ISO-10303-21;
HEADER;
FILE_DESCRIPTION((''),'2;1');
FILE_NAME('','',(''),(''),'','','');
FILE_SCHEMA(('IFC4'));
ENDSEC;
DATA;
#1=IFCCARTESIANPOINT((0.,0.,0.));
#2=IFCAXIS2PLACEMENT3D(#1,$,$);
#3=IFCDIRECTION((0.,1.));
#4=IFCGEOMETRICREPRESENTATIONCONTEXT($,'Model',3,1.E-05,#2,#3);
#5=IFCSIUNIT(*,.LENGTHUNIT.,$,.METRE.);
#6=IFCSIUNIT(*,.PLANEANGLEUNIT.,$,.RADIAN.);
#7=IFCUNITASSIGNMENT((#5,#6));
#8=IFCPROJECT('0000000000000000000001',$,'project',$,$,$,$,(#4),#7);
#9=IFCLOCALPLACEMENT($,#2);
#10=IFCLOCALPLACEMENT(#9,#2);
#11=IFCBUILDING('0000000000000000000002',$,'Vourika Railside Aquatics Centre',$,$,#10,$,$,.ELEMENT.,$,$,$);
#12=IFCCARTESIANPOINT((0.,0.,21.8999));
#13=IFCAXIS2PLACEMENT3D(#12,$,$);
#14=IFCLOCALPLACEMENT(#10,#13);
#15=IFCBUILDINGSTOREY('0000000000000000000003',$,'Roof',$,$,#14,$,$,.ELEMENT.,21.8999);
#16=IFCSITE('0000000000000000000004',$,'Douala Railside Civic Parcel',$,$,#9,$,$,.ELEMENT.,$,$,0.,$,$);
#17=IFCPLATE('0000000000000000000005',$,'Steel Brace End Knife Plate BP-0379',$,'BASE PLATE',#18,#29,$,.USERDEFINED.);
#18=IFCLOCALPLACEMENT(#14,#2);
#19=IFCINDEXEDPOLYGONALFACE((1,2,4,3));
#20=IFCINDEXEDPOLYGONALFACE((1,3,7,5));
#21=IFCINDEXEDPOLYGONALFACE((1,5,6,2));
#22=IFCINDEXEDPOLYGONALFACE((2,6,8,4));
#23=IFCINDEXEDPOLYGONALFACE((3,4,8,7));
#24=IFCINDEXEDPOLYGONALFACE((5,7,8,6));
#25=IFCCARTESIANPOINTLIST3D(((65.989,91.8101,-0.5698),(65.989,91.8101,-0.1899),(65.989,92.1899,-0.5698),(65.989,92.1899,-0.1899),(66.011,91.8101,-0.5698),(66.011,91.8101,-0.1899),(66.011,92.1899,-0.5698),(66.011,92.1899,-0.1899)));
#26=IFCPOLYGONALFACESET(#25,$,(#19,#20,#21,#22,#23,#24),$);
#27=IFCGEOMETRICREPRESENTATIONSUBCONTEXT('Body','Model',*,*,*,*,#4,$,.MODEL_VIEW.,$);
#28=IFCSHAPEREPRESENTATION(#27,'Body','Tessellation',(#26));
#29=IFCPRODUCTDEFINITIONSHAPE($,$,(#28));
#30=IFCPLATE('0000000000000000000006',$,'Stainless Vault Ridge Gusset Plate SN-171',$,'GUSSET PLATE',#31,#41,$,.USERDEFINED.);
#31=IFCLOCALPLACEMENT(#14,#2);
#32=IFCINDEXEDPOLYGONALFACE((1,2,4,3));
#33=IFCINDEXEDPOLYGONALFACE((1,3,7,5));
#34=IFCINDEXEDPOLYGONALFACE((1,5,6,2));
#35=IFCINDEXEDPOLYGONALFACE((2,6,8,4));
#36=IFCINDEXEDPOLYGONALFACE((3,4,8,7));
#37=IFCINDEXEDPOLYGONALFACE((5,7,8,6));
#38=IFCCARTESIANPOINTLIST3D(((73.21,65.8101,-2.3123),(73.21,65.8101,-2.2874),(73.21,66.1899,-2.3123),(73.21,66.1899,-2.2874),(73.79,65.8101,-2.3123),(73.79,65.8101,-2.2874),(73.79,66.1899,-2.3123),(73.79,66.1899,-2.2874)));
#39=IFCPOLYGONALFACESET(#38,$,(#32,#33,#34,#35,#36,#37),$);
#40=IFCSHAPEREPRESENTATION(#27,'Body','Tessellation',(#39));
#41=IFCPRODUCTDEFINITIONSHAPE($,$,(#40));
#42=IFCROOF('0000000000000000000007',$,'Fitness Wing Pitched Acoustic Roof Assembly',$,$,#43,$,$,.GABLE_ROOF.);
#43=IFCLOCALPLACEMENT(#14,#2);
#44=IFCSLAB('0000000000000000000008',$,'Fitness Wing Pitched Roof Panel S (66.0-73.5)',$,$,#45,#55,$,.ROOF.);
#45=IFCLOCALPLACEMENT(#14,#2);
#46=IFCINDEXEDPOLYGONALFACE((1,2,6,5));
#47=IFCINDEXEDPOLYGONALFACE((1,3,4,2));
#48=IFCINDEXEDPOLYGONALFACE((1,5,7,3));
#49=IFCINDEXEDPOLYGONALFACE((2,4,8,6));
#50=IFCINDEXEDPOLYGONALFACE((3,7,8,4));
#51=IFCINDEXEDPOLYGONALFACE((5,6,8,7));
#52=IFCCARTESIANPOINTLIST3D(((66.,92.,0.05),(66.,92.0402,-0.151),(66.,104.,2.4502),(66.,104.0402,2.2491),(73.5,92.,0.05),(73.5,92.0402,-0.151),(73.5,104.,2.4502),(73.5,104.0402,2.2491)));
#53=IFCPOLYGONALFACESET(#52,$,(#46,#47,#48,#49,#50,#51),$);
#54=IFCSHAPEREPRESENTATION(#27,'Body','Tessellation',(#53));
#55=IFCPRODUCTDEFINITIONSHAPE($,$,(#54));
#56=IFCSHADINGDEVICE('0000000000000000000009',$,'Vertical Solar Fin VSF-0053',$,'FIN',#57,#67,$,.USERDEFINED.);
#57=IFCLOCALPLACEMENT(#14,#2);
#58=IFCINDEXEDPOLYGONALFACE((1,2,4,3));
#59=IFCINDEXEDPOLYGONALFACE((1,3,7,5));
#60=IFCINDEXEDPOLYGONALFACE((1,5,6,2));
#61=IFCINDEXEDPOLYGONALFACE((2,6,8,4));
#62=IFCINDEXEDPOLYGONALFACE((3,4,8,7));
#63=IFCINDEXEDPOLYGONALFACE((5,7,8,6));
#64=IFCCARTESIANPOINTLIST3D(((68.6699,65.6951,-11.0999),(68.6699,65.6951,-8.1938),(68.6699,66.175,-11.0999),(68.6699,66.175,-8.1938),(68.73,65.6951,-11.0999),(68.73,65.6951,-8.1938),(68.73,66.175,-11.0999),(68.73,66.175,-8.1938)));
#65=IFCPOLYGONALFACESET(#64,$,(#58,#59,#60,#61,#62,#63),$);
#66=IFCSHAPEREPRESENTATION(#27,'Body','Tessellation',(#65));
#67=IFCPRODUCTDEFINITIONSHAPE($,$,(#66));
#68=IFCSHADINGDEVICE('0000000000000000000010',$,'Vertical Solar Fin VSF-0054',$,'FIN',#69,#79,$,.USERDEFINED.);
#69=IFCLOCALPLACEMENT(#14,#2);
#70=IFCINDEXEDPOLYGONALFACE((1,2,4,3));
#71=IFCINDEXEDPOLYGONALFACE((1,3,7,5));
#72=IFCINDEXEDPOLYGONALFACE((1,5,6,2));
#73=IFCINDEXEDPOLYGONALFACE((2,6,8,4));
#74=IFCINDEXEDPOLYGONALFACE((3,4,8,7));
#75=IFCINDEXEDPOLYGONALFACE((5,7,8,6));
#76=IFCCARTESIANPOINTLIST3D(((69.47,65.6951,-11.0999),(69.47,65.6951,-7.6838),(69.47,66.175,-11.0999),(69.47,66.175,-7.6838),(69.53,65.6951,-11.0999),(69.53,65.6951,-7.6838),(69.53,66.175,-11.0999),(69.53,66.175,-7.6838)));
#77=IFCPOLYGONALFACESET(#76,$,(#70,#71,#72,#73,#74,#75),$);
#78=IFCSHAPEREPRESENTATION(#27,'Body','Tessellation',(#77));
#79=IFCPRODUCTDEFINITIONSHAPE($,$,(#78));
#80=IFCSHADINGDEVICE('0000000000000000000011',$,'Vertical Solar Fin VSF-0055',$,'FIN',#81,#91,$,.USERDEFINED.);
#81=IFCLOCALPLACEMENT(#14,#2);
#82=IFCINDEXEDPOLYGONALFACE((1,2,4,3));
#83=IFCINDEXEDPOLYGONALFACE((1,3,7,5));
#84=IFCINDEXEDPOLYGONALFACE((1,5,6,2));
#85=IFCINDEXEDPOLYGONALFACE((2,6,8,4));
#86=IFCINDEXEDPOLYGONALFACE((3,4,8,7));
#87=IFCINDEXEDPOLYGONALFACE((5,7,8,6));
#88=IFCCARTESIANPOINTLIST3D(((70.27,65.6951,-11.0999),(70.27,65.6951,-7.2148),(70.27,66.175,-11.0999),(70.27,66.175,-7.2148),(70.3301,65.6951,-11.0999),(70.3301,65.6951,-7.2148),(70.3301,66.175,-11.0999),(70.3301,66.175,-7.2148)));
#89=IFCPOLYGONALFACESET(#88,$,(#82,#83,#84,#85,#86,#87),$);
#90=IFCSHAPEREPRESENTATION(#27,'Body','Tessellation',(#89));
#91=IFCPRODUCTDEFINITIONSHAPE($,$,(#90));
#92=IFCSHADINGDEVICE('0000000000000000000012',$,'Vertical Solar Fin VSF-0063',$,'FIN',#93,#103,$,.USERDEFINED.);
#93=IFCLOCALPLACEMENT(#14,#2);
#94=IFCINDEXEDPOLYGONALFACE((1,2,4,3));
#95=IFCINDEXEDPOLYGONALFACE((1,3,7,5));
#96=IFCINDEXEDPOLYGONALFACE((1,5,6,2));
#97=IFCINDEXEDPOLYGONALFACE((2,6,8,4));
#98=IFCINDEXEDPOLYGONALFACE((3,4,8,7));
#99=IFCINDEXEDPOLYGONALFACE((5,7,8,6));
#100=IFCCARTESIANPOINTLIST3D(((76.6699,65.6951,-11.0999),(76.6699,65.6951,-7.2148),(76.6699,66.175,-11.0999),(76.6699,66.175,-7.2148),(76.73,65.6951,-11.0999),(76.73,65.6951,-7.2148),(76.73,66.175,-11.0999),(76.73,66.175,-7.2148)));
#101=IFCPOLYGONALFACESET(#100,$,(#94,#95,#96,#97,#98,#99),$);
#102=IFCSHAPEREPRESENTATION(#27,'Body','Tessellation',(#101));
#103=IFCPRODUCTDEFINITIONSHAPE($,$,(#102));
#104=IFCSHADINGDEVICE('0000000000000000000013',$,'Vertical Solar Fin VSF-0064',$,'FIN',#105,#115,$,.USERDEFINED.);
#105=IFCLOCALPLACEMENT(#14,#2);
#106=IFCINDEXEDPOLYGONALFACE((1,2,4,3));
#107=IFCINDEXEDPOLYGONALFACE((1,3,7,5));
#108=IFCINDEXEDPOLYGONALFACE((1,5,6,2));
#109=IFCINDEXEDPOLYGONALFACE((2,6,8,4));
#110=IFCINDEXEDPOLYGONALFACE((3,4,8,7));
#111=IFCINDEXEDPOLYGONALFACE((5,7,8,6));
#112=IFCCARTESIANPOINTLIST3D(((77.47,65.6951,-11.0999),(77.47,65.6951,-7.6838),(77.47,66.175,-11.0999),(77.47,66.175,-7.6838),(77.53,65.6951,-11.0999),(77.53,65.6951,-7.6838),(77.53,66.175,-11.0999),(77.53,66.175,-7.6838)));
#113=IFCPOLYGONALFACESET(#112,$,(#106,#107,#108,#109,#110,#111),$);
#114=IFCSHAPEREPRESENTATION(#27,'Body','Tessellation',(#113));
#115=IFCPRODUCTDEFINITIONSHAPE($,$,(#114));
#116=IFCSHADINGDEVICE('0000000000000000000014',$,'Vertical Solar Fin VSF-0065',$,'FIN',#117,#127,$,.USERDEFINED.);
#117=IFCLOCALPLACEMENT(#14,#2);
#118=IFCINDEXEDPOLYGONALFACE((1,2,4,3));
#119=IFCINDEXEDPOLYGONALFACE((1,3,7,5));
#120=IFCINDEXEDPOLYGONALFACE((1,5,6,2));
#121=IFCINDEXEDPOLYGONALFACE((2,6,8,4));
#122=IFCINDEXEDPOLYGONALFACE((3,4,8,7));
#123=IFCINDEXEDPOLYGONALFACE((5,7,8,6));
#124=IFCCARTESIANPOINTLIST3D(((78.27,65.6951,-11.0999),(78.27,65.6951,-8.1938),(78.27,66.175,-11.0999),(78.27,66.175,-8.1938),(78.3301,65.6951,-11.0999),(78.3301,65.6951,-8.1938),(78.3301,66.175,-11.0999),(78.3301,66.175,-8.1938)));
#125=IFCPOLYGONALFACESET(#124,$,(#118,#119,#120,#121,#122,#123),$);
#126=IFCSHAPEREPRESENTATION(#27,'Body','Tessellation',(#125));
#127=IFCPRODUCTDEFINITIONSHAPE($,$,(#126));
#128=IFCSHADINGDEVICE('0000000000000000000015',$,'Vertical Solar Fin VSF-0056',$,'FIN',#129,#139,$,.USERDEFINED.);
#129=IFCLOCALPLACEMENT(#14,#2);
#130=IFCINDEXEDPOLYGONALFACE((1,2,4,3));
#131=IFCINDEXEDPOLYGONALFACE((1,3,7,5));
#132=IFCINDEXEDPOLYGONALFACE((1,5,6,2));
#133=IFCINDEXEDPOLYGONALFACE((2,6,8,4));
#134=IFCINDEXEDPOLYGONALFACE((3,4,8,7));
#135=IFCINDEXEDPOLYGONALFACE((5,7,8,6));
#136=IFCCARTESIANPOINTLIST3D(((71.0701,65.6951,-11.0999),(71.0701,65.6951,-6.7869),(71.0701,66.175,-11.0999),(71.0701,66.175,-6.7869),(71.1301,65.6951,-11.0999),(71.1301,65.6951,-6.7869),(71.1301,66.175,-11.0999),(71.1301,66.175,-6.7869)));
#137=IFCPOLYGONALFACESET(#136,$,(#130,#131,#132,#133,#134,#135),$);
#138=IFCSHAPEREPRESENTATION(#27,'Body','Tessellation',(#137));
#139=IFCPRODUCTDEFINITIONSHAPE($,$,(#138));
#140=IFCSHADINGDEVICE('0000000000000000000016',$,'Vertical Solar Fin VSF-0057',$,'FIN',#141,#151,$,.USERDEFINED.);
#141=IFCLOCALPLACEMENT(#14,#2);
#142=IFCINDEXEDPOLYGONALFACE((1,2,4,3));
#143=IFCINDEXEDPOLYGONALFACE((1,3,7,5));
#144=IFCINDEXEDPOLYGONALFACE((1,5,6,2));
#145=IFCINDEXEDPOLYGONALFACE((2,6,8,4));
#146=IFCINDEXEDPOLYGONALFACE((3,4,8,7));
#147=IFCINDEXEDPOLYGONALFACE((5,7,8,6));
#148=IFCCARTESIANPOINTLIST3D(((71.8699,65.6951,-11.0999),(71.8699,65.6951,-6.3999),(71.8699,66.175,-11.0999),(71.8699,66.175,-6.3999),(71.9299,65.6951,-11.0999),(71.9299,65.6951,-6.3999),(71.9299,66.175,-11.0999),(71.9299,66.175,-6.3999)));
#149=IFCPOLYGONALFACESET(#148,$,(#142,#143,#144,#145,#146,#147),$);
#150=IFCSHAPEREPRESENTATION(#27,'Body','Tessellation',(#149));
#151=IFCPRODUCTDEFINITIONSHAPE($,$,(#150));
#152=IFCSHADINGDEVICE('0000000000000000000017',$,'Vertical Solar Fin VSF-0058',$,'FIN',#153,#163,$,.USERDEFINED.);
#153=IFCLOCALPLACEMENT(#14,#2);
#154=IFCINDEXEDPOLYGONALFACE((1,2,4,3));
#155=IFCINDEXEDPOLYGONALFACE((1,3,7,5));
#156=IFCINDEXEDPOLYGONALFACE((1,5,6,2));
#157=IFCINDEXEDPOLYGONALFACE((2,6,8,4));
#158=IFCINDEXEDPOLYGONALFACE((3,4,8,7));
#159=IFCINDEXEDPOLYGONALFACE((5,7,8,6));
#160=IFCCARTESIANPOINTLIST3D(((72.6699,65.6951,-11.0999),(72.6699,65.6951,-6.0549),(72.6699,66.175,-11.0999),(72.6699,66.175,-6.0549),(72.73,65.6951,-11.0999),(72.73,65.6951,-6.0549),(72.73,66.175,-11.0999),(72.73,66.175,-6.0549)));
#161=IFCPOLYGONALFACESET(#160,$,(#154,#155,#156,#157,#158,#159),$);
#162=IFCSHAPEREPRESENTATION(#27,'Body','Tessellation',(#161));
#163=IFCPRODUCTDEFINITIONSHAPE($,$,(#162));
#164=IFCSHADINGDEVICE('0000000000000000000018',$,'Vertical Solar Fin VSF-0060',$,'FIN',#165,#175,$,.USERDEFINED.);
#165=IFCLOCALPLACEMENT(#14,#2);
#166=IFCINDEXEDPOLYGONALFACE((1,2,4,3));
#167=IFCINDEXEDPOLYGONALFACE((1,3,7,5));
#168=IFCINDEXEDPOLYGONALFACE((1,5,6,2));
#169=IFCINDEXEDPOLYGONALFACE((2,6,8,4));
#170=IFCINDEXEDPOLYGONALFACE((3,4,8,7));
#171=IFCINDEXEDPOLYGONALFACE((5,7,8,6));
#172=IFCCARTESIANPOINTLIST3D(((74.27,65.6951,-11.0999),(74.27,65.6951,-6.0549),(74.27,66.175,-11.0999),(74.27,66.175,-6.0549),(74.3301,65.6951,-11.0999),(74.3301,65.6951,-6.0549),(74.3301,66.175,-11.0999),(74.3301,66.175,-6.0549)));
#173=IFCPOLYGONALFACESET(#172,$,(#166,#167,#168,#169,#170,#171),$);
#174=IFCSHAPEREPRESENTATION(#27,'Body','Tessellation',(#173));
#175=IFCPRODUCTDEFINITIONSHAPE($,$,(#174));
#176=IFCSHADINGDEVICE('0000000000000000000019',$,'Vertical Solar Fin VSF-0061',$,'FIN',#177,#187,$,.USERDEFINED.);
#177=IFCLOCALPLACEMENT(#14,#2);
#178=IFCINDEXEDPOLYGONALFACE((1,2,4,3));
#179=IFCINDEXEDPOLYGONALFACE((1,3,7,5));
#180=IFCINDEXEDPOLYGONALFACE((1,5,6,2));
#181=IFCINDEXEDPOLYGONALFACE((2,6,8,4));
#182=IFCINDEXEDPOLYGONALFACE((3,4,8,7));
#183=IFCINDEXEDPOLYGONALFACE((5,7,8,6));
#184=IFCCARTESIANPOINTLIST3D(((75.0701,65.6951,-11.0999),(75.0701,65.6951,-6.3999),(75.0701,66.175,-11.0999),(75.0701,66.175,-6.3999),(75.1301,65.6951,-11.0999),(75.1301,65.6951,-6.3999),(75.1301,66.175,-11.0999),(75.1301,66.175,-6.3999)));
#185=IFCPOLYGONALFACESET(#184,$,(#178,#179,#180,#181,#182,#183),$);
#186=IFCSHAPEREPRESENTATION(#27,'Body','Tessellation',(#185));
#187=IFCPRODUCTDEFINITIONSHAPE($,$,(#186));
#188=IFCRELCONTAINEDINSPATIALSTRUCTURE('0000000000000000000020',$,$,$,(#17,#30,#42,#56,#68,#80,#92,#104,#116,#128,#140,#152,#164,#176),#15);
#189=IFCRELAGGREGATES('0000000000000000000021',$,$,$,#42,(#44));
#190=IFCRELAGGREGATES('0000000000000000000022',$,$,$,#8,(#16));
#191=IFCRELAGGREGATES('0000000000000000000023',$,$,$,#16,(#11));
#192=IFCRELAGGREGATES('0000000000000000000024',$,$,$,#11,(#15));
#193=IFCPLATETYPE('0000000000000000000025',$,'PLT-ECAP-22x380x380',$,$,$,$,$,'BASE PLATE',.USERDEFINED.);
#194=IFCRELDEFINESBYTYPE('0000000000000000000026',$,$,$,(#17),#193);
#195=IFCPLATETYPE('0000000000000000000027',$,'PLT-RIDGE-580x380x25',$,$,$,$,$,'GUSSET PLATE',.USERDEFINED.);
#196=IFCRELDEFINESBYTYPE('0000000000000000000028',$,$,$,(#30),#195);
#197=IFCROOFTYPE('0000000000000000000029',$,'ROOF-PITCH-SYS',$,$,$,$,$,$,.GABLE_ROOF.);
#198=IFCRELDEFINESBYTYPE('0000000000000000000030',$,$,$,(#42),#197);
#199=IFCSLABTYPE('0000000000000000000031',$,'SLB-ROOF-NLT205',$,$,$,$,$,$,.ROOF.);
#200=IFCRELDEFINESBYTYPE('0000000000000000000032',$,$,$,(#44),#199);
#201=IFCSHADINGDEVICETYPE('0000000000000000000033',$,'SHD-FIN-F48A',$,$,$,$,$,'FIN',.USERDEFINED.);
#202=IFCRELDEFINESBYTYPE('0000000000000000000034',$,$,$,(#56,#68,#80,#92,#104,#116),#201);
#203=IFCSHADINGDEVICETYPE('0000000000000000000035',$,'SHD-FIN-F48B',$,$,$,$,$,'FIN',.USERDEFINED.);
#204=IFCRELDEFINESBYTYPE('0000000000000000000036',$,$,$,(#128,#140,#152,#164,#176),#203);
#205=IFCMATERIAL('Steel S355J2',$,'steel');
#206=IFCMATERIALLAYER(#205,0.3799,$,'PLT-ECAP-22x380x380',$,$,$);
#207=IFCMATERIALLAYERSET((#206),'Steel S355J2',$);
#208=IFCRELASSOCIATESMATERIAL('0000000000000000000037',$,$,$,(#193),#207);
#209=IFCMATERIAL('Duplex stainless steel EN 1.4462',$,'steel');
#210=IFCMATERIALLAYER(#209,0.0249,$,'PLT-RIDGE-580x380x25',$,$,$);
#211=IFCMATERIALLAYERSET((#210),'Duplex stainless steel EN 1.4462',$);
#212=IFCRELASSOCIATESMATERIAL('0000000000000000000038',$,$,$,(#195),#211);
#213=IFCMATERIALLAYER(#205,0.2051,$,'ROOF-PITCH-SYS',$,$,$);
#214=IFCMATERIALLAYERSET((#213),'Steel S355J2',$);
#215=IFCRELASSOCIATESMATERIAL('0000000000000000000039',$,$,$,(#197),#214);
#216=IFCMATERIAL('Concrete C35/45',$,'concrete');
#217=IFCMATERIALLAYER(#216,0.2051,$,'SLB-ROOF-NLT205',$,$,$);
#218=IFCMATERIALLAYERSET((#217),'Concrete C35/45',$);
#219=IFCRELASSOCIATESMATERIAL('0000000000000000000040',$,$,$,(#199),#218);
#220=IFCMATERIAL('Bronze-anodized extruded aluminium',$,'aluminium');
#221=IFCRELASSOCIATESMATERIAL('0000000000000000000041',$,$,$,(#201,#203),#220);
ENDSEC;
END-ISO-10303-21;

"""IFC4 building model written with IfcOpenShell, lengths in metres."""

from ifc_helpers import new_model, si_unit, direction, frame, origin, origin_2d, place, context, subcontext, project, spatial, polyline, rectangle, outline, extrude, material, layer, layer_set, material_profile, profile_set, type_object, element, aggregate, save


model = new_model("IFC4")

# Units and contexts
model_context = context("Model", 3, precision=1e-05, world=origin(), true_north=direction((0.0, 1.0)))
body_context = subcontext(model_context, "Body", "Model", "MODEL_VIEW")
ifc_project = project(units=[si_unit("LENGTHUNIT", "METRE"), si_unit("PLANEANGLEUNIT", "RADIAN")], contexts=[model_context])

# Site, building, storey
site_placement = place(None, origin())
site = spatial("IfcSite", under=ifc_project, at=site_placement, Name="Douala Railside Civic Parcel", CompositionType="ELEMENT", RefElevation=0.0)
building_placement = place(site_placement, origin())
building = spatial("IfcBuilding", under=site, at=building_placement, Name="Vourika Railside Aquatics Centre", CompositionType="ELEMENT")
storey_placement = place(building_placement, frame((0.0, 0.0, 21.8999)))
storey = spatial("IfcBuildingStorey", under=building, at=storey_placement, Name="Roof", CompositionType="ELEMENT", Elevation=21.8999)

# Shared definitions
ifc_material_1 = material(Name="Steel S355J2", Category="steel")

# Shared definitions
ifc_material_2 = material(Name="Duplex stainless steel EN 1.4462", Category="steel")

# Plates
ifc_layer_1 = layer(ifc_material_1, 0.3799, Name="PLT-ECAP-22x380x380")
ifc_layer_set_1 = layer_set([ifc_layer_1], Name="Steel S355J2")
plate_type_1 = type_object("IfcPlateType", Name="PLT-ECAP-22x380x380", ElementType="BASE PLATE", PredefinedType="USERDEFINED", material=ifc_layer_set_1)
plate_1_placement = place(storey_placement, frame((66.0, 92.0, -0.5698), z_axis=(0.0, 0.0, 1.0), x_axis=(1.0, 0.0, 0.0)))
element("IfcPlate", 1, at=plate_1_placement, inside=storey, type_object=plate_type_1, Name="Steel Brace End Knife Plate BP-0379", ObjectType="BASE PLATE", PredefinedType="USERDEFINED", context=body_context, shape_type="SweptSolid", body=[
    extrude(rectangle(XDim=0.022, YDim=0.3799, at=origin_2d()), origin(), (0.0, 0.0, 1.0), 0.3799),
])
ifc_layer_2 = layer(ifc_material_2, 0.0249, Name="PLT-RIDGE-580x380x25")
ifc_layer_set_2 = layer_set([ifc_layer_2], Name="Duplex stainless steel EN 1.4462")
plate_type_2 = type_object("IfcPlateType", Name="PLT-RIDGE-580x380x25", ElementType="GUSSET PLATE", PredefinedType="USERDEFINED", material=ifc_layer_set_2)
plate_2_placement = place(storey_placement, frame((73.5, 66.0, -2.3123), z_axis=(0.0, 0.0, 1.0), x_axis=(1.0, 0.0, 0.0)))
element("IfcPlate", 2, at=plate_2_placement, inside=storey, type_object=plate_type_2, Name="Stainless Vault Ridge Gusset Plate SN-171", ObjectType="GUSSET PLATE", PredefinedType="USERDEFINED", context=body_context, shape_type="SweptSolid", body=[
    extrude(rectangle(XDim=0.5801, YDim=0.3799, at=origin_2d()), origin(), (0.0, 0.0, 1.0), 0.0249),
])

# Roof, slab
ifc_layer_3 = layer(ifc_material_1, 0.2051, Name="ROOF-PITCH-SYS")
ifc_layer_set_3 = layer_set([ifc_layer_3], Name="Steel S355J2")
roof_type = type_object("IfcRoofType", Name="ROOF-PITCH-SYS", PredefinedType="GABLE_ROOF", material=ifc_layer_set_3)
roof_placement = place(storey_placement, origin())
roof = element("IfcRoof", 3, at=roof_placement, inside=storey, type_object=roof_type, Name="Fitness Wing Pitched Acoustic Roof Assembly", PredefinedType="GABLE_ROOF")
ifc_material_3 = material(Name="Concrete C35/45", Category="concrete")
ifc_layer_4 = layer(ifc_material_3, 0.2051, Name="SLB-ROOF-NLT205")
ifc_layer_set_4 = layer_set([ifc_layer_4], Name="Concrete C35/45")
slab_type = type_object("IfcSlabType", Name="SLB-ROOF-NLT205", PredefinedType="ROOF", material=ifc_layer_set_4)
slab_placement = place(storey_placement, frame((66.0, 92.0, 0.05), z_axis=(0.0, -0.196128, 0.980578), x_axis=(1.0, 0.0, 0.0)))
slab = element("IfcSlab", 4, at=slab_placement, type_object=slab_type, Name="Fitness Wing Pitched Roof Panel S (66.0-73.5)", PredefinedType="ROOF", context=body_context, shape_type="SweptSolid", body=[
    extrude(outline(polyline([(0.0, 0.0), (7.5, 0.0), (7.5, 12.2377), (0.0, 12.2377), (0.0, 0.0)])), origin(), (0.0, 0.0, -1.0), 0.2051),
])
aggregate(roof, [slab])

# Shading devices
ifc_material_4 = material(Name="Bronze-anodized extruded aluminium", Category="aluminium")
ifc_material_profile_1 = material_profile(ifc_material_4, rectangle(XDim=0.0601, YDim=0.48, at=origin_2d()), Name="ALU-FIN 60x480")
ifc_profile_set_1 = profile_set([ifc_material_profile_1], Name="Bronze-anodized extruded aluminium")
shading_device_type_1 = type_object("IfcShadingDeviceType", Name="SHD-FIN-F48A", ElementType="FIN", PredefinedType="USERDEFINED", material=ifc_profile_set_1)
shading_device_1_placement = place(storey_placement, frame((68.7, 65.9351, -11.0999), z_axis=(0.0, 0.0, 1.0), x_axis=(1.0, 0.0, 0.0)))
element("IfcShadingDevice", 5, at=shading_device_1_placement, inside=storey, type_object=shading_device_type_1, Name="Vertical Solar Fin VSF-0053", ObjectType="FIN", PredefinedType="USERDEFINED", context=body_context, shape_type="SweptSolid", body=[
    extrude(rectangle(XDim=0.0601, YDim=0.48, at=origin_2d()), origin(), (0.0, 0.0, 1.0), 2.906),
])
shading_device_2_placement = place(storey_placement, frame((69.5, 65.9351, -11.0999), z_axis=(0.0, 0.0, 1.0), x_axis=(1.0, 0.0, 0.0)))
element("IfcShadingDevice", 6, at=shading_device_2_placement, inside=storey, type_object=shading_device_type_1, Name="Vertical Solar Fin VSF-0054", ObjectType="FIN", PredefinedType="USERDEFINED", context=body_context, shape_type="SweptSolid", body=[
    extrude(rectangle(XDim=0.0601, YDim=0.48, at=origin_2d()), origin(), (0.0, 0.0, 1.0), 3.416),
])
for number, where, z_axis, x_axis, name in (
    (7, (70.3, 65.9351, -11.0999), (0.0, 0.0, 1.0), (1.0, 0.0, 0.0), "Vertical Solar Fin VSF-0055"),
    (8, (76.7, 65.9351, -11.0999), (0.0, 0.0, 1.0), (1.0, 0.0, 0.0), "Vertical Solar Fin VSF-0063"),
):
    element("IfcShadingDevice", number, at=place(storey_placement, frame(where, z_axis=z_axis, x_axis=x_axis)), inside=storey, type_object=shading_device_type_1, Name=name, ObjectType="FIN", PredefinedType="USERDEFINED", context=body_context, shape_type="SweptSolid", body=[
        extrude(rectangle(XDim=0.0601, YDim=0.48, at=origin_2d()), origin(), (0.0, 0.0, 1.0), 3.885),
    ])
shading_device_3_placement = place(storey_placement, frame((77.5, 65.9351, -11.0999), z_axis=(0.0, 0.0, 1.0), x_axis=(1.0, 0.0, 0.0)))
element("IfcShadingDevice", 9, at=shading_device_3_placement, inside=storey, type_object=shading_device_type_1, Name="Vertical Solar Fin VSF-0064", ObjectType="FIN", PredefinedType="USERDEFINED", context=body_context, shape_type="SweptSolid", body=[
    extrude(rectangle(XDim=0.0601, YDim=0.48, at=origin_2d()), origin(), (0.0, 0.0, 1.0), 3.416),
])
shading_device_4_placement = place(storey_placement, frame((78.3, 65.9351, -11.0999), z_axis=(0.0, 0.0, 1.0), x_axis=(1.0, 0.0, 0.0)))
element("IfcShadingDevice", 10, at=shading_device_4_placement, inside=storey, type_object=shading_device_type_1, Name="Vertical Solar Fin VSF-0065", ObjectType="FIN", PredefinedType="USERDEFINED", context=body_context, shape_type="SweptSolid", body=[
    extrude(rectangle(XDim=0.0601, YDim=0.48, at=origin_2d()), origin(), (0.0, 0.0, 1.0), 2.906),
])
ifc_material_profile_2 = material_profile(ifc_material_4, rectangle(XDim=0.0601, YDim=0.48, at=origin_2d()), Name="ALU-FIN 60x480")
ifc_profile_set_2 = profile_set([ifc_material_profile_2], Name="Bronze-anodized extruded aluminium")
shading_device_type_2 = type_object("IfcShadingDeviceType", Name="SHD-FIN-F48B", ElementType="FIN", PredefinedType="USERDEFINED", material=ifc_profile_set_2)
shading_device_5_placement = place(storey_placement, frame((71.1001, 65.9351, -11.0999), z_axis=(0.0, 0.0, 1.0), x_axis=(1.0, 0.0, 0.0)))
element("IfcShadingDevice", 11, at=shading_device_5_placement, inside=storey, type_object=shading_device_type_2, Name="Vertical Solar Fin VSF-0056", ObjectType="FIN", PredefinedType="USERDEFINED", context=body_context, shape_type="SweptSolid", body=[
    extrude(rectangle(XDim=0.0601, YDim=0.48, at=origin_2d()), origin(), (0.0, 0.0, 1.0), 4.313),
])
shading_device_6_placement = place(storey_placement, frame((71.8999, 65.9351, -11.0999), z_axis=(0.0, 0.0, 1.0), x_axis=(1.0, 0.0, 0.0)))
element("IfcShadingDevice", 12, at=shading_device_6_placement, inside=storey, type_object=shading_device_type_2, Name="Vertical Solar Fin VSF-0057", ObjectType="FIN", PredefinedType="USERDEFINED", context=body_context, shape_type="SweptSolid", body=[
    extrude(rectangle(XDim=0.0601, YDim=0.48, at=origin_2d()), origin(), (0.0, 0.0, 1.0), 4.7),
])
for number, where, z_axis, x_axis, name in (
    (13, (72.7, 65.9351, -11.0999), (0.0, 0.0, 1.0), (1.0, 0.0, 0.0), "Vertical Solar Fin VSF-0058"),
    (14, (74.3, 65.9351, -11.0999), (0.0, 0.0, 1.0), (1.0, 0.0, 0.0), "Vertical Solar Fin VSF-0060"),
):
    element("IfcShadingDevice", number, at=place(storey_placement, frame(where, z_axis=z_axis, x_axis=x_axis)), inside=storey, type_object=shading_device_type_2, Name=name, ObjectType="FIN", PredefinedType="USERDEFINED", context=body_context, shape_type="SweptSolid", body=[
        extrude(rectangle(XDim=0.0601, YDim=0.48, at=origin_2d()), origin(), (0.0, 0.0, 1.0), 5.0449),
    ])
shading_device_7_placement = place(storey_placement, frame((75.1001, 65.9351, -11.0999), z_axis=(0.0, 0.0, 1.0), x_axis=(1.0, 0.0, 0.0)))
element("IfcShadingDevice", 15, at=shading_device_7_placement, inside=storey, type_object=shading_device_type_2, Name="Vertical Solar Fin VSF-0061", ObjectType="FIN", PredefinedType="USERDEFINED", context=body_context, shape_type="SweptSolid", body=[
    extrude(rectangle(XDim=0.0601, YDim=0.48, at=origin_2d()), origin(), (0.0, 0.0, 1.0), 4.7),
])

save(model, "model.ifc")
